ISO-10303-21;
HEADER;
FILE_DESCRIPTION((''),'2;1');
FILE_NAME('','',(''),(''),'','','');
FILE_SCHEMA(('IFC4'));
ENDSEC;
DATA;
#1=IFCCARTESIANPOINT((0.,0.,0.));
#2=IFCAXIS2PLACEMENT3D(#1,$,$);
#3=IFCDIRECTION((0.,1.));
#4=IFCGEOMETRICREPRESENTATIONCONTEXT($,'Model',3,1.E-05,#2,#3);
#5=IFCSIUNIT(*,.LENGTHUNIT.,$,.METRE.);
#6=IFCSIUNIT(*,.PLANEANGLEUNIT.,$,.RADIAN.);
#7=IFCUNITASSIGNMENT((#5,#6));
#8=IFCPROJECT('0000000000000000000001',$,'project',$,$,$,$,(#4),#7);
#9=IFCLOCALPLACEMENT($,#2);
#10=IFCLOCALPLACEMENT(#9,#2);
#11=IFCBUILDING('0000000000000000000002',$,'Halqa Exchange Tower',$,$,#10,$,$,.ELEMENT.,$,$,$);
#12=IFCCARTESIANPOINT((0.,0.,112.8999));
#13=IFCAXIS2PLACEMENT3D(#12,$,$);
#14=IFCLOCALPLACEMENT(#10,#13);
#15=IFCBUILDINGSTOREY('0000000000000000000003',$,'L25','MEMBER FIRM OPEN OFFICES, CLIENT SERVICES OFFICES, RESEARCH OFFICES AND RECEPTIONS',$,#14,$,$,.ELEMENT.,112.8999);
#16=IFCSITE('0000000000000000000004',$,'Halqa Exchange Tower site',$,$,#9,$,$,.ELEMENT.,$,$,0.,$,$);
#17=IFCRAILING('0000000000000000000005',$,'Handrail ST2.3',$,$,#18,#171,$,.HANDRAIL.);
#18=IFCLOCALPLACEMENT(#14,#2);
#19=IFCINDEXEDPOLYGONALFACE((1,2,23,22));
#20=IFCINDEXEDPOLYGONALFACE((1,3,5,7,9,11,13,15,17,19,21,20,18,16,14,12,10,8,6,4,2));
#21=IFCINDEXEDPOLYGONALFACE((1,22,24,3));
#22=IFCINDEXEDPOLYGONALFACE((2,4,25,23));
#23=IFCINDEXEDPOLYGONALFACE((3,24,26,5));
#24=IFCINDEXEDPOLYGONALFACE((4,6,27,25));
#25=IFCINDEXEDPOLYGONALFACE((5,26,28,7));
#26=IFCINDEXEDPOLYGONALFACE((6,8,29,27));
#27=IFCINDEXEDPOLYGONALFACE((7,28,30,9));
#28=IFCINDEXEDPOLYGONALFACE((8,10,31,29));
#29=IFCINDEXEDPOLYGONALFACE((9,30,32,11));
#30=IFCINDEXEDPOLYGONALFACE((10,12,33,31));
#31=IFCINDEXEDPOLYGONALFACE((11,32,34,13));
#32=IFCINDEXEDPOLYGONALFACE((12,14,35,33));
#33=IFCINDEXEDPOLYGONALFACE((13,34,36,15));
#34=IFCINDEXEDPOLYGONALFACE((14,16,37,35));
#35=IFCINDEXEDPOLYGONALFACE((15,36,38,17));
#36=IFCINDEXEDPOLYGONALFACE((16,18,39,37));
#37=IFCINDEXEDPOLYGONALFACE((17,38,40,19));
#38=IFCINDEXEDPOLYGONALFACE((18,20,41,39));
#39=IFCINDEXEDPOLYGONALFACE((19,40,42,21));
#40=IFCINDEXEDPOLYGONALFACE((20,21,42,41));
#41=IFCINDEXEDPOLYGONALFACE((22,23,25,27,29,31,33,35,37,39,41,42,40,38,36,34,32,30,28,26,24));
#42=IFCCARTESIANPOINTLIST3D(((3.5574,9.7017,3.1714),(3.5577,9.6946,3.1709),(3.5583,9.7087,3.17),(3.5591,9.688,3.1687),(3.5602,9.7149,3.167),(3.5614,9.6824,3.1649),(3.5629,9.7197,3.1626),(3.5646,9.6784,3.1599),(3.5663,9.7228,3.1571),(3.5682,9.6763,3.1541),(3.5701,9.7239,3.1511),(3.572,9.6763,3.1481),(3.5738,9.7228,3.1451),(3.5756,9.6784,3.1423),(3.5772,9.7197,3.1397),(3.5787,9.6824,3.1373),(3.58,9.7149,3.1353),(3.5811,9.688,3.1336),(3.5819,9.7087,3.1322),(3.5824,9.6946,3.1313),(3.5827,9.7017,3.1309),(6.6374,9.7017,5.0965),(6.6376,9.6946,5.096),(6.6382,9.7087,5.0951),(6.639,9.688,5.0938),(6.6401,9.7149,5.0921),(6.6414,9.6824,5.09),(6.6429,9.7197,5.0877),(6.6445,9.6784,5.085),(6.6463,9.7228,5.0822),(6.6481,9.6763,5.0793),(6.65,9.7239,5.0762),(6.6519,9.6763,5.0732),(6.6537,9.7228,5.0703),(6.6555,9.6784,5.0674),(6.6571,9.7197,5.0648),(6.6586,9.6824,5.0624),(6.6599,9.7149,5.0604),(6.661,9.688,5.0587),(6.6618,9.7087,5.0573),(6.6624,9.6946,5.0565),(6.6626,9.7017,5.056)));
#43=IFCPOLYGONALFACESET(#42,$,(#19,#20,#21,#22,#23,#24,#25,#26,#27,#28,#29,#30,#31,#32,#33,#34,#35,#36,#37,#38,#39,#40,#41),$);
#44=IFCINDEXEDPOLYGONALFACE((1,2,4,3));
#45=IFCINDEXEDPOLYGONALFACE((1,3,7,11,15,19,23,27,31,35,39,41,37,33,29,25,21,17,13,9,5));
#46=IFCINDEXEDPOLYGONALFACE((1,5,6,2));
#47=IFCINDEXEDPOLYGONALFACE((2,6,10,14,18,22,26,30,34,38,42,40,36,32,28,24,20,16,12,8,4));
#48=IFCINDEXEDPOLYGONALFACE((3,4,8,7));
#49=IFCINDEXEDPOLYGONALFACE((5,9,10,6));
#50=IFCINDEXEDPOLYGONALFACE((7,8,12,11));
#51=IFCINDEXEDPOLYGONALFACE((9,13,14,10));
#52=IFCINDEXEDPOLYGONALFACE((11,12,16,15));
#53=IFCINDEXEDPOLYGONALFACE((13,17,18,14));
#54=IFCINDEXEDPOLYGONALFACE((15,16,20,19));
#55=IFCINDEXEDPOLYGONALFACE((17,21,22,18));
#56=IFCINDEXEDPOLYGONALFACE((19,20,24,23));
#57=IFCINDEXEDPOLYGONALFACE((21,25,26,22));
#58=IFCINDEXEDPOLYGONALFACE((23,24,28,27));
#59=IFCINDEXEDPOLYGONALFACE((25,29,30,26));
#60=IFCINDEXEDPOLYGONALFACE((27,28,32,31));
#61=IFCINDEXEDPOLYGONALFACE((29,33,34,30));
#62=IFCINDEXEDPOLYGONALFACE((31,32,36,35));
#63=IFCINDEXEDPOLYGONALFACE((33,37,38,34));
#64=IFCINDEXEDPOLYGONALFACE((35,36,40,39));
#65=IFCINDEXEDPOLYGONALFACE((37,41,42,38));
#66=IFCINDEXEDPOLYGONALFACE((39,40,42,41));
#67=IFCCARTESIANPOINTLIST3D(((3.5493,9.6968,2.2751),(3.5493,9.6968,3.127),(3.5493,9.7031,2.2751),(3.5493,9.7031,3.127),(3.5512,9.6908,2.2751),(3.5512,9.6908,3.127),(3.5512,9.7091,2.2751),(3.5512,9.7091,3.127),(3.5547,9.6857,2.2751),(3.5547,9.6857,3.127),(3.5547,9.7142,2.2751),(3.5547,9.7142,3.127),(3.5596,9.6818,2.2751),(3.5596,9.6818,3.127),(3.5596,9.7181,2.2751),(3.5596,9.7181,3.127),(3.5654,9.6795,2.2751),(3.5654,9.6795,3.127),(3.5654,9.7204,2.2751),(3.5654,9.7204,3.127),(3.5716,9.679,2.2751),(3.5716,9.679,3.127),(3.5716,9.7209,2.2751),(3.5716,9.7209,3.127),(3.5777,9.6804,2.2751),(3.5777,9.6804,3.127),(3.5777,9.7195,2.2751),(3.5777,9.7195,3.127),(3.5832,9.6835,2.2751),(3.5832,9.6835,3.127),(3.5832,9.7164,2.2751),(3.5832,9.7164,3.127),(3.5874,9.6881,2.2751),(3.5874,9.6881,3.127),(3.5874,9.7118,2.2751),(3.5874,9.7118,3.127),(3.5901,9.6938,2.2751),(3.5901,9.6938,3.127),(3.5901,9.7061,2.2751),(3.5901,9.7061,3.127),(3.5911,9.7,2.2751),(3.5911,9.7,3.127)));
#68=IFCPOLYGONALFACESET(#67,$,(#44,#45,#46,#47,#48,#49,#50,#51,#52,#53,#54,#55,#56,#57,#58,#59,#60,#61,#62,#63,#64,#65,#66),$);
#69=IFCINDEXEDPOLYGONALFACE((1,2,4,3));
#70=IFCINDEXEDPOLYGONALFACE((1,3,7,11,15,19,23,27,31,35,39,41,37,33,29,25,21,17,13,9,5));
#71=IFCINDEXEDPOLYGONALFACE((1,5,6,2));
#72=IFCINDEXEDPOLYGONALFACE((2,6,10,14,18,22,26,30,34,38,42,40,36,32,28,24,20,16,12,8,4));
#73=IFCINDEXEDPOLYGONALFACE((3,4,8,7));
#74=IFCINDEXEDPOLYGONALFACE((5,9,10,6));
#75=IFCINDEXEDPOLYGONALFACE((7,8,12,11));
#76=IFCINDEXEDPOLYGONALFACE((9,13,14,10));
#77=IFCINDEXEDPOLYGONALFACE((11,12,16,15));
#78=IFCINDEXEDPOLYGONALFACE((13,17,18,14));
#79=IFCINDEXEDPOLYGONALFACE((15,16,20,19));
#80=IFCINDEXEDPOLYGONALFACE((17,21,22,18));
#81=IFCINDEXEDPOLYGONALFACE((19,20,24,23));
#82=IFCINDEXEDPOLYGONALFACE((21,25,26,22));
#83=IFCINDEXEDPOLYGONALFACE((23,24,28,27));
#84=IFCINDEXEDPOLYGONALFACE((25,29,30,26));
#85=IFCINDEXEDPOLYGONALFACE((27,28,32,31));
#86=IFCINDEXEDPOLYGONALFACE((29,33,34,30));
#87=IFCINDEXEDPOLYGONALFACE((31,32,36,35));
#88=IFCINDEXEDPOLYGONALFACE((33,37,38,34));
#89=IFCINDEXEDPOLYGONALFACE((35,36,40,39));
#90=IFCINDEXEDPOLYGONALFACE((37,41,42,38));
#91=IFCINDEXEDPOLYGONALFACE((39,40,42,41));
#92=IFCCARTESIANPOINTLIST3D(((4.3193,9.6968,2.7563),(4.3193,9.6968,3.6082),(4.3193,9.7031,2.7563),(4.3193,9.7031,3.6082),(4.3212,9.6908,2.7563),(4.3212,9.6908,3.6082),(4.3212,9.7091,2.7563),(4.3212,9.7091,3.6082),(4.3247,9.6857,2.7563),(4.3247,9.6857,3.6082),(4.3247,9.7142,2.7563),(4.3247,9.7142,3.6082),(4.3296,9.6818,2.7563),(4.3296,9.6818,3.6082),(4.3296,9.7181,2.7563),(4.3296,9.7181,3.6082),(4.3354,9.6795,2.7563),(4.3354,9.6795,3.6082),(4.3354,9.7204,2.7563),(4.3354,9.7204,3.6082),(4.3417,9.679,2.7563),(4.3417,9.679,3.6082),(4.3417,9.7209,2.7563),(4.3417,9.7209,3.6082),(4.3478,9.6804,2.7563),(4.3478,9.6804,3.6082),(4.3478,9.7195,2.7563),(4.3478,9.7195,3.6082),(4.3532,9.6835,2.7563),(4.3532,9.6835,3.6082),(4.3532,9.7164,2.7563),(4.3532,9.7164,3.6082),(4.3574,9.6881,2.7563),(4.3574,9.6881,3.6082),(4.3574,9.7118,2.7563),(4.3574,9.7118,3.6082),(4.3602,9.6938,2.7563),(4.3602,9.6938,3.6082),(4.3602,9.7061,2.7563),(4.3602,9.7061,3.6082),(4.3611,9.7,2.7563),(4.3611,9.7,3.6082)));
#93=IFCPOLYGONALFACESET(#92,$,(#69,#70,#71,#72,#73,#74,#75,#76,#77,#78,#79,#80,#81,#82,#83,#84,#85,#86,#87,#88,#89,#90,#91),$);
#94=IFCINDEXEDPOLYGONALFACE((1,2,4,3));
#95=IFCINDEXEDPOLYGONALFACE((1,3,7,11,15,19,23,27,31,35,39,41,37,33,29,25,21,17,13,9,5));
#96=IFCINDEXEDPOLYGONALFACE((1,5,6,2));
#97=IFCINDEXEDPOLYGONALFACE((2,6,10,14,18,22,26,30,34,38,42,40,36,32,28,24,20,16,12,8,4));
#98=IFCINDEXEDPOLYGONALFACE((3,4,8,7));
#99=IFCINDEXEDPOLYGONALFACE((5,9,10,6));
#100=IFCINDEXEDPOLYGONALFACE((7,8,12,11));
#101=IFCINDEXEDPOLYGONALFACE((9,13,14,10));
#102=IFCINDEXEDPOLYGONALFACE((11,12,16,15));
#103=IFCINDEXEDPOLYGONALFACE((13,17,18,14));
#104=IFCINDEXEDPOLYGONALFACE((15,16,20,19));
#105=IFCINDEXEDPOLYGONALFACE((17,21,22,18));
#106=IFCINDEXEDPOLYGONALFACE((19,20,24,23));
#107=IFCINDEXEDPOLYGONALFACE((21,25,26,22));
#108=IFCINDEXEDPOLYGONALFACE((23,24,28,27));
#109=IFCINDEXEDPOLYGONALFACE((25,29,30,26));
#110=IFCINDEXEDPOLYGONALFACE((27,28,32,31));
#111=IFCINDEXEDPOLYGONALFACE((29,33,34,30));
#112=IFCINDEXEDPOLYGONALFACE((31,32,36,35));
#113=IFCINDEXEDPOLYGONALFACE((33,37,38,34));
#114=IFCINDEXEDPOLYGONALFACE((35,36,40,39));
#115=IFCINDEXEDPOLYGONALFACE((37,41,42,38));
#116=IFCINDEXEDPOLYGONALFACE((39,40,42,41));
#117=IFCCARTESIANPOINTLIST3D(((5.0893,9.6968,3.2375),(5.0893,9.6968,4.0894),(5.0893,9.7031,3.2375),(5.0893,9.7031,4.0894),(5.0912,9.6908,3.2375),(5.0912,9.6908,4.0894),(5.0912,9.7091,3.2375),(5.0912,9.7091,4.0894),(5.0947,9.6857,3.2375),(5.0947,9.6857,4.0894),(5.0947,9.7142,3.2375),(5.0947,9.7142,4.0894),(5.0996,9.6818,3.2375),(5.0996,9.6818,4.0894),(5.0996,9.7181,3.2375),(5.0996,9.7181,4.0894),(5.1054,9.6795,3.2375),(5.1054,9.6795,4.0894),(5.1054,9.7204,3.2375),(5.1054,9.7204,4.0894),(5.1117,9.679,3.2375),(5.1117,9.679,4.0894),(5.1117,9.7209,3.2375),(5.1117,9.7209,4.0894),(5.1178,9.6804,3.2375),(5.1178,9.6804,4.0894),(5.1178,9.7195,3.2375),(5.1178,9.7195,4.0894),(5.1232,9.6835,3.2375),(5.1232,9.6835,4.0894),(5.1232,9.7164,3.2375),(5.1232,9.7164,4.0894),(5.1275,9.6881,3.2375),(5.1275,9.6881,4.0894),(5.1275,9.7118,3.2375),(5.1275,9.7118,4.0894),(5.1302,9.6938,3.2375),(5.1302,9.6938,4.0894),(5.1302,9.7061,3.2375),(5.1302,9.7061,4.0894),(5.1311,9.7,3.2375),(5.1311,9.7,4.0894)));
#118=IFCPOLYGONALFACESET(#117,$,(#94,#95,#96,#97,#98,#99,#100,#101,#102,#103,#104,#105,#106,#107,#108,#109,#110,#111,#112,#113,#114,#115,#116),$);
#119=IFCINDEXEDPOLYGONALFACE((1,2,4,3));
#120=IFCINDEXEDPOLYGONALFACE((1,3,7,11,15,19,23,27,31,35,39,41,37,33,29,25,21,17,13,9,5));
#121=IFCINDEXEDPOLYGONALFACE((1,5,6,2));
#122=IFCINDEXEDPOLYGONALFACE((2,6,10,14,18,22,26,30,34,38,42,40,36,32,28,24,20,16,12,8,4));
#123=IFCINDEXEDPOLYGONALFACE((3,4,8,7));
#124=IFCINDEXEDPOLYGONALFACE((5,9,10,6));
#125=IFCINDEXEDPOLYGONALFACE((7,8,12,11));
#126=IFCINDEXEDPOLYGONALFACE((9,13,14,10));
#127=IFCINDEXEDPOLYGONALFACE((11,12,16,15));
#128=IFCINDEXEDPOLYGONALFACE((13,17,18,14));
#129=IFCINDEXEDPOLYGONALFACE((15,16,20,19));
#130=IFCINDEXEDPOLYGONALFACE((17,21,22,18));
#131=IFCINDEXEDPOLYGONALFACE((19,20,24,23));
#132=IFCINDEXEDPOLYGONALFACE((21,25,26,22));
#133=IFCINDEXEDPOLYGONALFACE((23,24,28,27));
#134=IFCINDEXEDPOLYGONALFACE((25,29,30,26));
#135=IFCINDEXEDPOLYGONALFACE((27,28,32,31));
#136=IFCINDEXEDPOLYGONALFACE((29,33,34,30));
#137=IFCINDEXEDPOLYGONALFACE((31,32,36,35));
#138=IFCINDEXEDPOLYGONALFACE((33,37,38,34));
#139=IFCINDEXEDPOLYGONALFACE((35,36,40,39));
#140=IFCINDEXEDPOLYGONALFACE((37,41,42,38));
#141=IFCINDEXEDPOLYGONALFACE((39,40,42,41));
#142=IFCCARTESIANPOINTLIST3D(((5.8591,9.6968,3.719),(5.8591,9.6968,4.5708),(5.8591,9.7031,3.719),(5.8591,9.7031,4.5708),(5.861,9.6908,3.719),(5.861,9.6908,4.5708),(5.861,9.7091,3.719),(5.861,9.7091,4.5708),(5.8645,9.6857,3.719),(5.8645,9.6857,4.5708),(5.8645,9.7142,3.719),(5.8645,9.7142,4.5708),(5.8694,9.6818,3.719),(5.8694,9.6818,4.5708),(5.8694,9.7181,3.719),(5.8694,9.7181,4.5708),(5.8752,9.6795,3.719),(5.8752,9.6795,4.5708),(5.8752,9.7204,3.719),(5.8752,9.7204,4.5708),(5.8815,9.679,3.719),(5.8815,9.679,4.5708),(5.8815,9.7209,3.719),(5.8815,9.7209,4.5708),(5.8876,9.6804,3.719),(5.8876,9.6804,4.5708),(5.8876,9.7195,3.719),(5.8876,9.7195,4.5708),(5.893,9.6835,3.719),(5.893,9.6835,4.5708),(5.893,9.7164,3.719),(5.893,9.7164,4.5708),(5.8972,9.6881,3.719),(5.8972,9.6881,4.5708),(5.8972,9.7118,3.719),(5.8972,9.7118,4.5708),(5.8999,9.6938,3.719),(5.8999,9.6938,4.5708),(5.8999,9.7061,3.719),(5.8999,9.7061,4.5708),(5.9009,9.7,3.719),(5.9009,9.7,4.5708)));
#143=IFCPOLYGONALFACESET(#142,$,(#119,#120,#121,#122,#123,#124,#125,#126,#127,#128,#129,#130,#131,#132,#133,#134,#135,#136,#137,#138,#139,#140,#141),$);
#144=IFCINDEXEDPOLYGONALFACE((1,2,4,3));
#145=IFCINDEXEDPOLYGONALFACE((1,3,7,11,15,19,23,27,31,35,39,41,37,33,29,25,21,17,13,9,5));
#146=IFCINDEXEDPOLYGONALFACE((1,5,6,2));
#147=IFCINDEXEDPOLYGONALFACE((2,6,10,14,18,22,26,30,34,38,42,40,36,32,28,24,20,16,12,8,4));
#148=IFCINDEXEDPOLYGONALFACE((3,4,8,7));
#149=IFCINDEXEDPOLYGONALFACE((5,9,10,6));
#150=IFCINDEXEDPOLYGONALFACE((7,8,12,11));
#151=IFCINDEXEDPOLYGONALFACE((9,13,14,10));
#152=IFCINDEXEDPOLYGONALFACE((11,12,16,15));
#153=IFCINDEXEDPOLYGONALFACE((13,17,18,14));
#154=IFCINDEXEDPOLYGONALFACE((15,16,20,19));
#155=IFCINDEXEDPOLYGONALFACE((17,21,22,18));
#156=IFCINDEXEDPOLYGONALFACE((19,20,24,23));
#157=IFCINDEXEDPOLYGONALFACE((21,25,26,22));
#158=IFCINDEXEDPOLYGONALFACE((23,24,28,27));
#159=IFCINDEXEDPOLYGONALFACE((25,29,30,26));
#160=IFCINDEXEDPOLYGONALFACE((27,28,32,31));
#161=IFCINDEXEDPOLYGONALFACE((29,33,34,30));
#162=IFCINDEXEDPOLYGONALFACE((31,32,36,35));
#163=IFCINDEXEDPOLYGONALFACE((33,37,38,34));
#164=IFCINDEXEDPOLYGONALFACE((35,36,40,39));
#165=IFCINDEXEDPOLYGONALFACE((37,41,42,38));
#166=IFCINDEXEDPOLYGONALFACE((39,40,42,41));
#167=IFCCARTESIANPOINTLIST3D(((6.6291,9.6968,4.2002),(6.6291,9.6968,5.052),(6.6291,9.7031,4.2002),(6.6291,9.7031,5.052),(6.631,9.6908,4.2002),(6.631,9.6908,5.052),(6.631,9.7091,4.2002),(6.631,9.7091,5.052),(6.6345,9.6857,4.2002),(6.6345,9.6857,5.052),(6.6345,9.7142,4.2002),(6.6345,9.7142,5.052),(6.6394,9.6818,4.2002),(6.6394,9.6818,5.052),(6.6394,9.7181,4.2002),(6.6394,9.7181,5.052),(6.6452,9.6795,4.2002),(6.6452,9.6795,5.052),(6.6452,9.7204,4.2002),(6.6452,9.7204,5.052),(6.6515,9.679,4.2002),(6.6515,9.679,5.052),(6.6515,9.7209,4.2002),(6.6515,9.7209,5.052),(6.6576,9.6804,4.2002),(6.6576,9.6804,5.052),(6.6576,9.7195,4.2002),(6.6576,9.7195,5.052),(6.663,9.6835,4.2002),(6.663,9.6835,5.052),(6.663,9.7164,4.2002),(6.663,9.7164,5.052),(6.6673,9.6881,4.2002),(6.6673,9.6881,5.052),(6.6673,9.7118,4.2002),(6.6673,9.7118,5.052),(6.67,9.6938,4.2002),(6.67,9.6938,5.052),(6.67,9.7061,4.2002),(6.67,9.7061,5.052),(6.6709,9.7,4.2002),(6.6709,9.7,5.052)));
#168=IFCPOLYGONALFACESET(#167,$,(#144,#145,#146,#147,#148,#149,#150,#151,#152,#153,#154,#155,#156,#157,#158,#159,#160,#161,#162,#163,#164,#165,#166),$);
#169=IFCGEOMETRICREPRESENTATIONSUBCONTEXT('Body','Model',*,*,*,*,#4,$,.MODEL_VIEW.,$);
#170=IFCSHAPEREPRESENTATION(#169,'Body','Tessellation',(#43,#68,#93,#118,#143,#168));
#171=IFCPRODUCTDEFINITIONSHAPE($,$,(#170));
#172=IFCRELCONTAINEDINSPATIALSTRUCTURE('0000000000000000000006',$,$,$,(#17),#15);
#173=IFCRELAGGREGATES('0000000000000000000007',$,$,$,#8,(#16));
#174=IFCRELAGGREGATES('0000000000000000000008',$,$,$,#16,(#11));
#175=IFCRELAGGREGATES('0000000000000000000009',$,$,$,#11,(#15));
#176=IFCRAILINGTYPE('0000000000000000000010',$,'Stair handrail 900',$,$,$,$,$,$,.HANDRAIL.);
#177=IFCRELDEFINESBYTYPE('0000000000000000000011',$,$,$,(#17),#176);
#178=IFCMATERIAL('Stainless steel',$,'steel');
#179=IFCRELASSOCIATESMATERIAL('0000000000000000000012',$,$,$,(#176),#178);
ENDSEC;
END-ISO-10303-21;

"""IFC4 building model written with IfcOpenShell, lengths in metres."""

from ifc_helpers import new_model, si_unit, direction, frame, origin, origin_2d, place, context, subcontext, project, spatial, circle, extrude, material, type_object, element, save


model = new_model("IFC4")

# Units and contexts
model_context = context("Model", 3, precision=1e-05, world=origin(), true_north=direction((0.0, 1.0)))
body_context = subcontext(model_context, "Body", "Model", "MODEL_VIEW")
ifc_project = project(units=[si_unit("LENGTHUNIT", "METRE"), si_unit("PLANEANGLEUNIT", "RADIAN")], contexts=[model_context])

# Site, building, storey
site_placement = place(None, origin())
site = spatial("IfcSite", under=ifc_project, at=site_placement, Name="Halqa Exchange Tower site", CompositionType="ELEMENT", RefElevation=0.0)
building_placement = place(site_placement, origin())
building = spatial("IfcBuilding", under=site, at=building_placement, Name="Halqa Exchange Tower", CompositionType="ELEMENT")
storey_placement = place(building_placement, frame((0.0, 0.0, 112.8999)))
storey = spatial("IfcBuildingStorey", under=building, at=storey_placement, Name="L25", Description="MEMBER FIRM OPEN OFFICES, CLIENT SERVICES OFFICES, RESEARCH OFFICES AND RECEPTIONS", CompositionType="ELEMENT", Elevation=112.8999)

# Railing
ifc_material_1 = material(Name="Stainless steel", Category="steel")
railing_type_1 = type_object("IfcRailingType", Name="Stair handrail 900", PredefinedType="HANDRAIL", material=ifc_material_1)
railing_1_placement = place(storey_placement, frame((3.5701, 9.7, 2.2751)))
element("IfcRailing", 1, at=railing_1_placement, inside=storey, type_object=railing_type_1, Name="Handrail ST2.3", PredefinedType="HANDRAIL", context=body_context, shape_type="SweptSolid", body=[
    extrude(circle(Radius=0.0239, at=origin_2d()), frame((0.0, 0.0, 0.876), z_axis=(0.847979, 0.0, 0.530029), x_axis=(0.0, 1.0, 0.0)), (0.0, 0.0, 1.0), 3.6321),
    extrude(circle(Radius=0.021, at=origin_2d()), origin(), (0.0, 0.0, 1.0), 0.8518),
    extrude(circle(Radius=0.021, at=origin_2d()), frame((0.77, 0.0, 0.4812)), (0.0, 0.0, 1.0), 0.8518),
    extrude(circle(Radius=0.021, at=origin_2d()), frame((1.54, 0.0, 0.9624)), (0.0, 0.0, 1.0), 0.8518),
    extrude(circle(Radius=0.021, at=origin_2d()), frame((2.3098, 0.0, 1.4438)), (0.0, 0.0, 1.0), 0.8518),
    extrude(circle(Radius=0.021, at=origin_2d()), frame((3.0798, 0.0, 1.925)), (0.0, 0.0, 1.0), 0.8518),
])

save(model, "model.ifc")
